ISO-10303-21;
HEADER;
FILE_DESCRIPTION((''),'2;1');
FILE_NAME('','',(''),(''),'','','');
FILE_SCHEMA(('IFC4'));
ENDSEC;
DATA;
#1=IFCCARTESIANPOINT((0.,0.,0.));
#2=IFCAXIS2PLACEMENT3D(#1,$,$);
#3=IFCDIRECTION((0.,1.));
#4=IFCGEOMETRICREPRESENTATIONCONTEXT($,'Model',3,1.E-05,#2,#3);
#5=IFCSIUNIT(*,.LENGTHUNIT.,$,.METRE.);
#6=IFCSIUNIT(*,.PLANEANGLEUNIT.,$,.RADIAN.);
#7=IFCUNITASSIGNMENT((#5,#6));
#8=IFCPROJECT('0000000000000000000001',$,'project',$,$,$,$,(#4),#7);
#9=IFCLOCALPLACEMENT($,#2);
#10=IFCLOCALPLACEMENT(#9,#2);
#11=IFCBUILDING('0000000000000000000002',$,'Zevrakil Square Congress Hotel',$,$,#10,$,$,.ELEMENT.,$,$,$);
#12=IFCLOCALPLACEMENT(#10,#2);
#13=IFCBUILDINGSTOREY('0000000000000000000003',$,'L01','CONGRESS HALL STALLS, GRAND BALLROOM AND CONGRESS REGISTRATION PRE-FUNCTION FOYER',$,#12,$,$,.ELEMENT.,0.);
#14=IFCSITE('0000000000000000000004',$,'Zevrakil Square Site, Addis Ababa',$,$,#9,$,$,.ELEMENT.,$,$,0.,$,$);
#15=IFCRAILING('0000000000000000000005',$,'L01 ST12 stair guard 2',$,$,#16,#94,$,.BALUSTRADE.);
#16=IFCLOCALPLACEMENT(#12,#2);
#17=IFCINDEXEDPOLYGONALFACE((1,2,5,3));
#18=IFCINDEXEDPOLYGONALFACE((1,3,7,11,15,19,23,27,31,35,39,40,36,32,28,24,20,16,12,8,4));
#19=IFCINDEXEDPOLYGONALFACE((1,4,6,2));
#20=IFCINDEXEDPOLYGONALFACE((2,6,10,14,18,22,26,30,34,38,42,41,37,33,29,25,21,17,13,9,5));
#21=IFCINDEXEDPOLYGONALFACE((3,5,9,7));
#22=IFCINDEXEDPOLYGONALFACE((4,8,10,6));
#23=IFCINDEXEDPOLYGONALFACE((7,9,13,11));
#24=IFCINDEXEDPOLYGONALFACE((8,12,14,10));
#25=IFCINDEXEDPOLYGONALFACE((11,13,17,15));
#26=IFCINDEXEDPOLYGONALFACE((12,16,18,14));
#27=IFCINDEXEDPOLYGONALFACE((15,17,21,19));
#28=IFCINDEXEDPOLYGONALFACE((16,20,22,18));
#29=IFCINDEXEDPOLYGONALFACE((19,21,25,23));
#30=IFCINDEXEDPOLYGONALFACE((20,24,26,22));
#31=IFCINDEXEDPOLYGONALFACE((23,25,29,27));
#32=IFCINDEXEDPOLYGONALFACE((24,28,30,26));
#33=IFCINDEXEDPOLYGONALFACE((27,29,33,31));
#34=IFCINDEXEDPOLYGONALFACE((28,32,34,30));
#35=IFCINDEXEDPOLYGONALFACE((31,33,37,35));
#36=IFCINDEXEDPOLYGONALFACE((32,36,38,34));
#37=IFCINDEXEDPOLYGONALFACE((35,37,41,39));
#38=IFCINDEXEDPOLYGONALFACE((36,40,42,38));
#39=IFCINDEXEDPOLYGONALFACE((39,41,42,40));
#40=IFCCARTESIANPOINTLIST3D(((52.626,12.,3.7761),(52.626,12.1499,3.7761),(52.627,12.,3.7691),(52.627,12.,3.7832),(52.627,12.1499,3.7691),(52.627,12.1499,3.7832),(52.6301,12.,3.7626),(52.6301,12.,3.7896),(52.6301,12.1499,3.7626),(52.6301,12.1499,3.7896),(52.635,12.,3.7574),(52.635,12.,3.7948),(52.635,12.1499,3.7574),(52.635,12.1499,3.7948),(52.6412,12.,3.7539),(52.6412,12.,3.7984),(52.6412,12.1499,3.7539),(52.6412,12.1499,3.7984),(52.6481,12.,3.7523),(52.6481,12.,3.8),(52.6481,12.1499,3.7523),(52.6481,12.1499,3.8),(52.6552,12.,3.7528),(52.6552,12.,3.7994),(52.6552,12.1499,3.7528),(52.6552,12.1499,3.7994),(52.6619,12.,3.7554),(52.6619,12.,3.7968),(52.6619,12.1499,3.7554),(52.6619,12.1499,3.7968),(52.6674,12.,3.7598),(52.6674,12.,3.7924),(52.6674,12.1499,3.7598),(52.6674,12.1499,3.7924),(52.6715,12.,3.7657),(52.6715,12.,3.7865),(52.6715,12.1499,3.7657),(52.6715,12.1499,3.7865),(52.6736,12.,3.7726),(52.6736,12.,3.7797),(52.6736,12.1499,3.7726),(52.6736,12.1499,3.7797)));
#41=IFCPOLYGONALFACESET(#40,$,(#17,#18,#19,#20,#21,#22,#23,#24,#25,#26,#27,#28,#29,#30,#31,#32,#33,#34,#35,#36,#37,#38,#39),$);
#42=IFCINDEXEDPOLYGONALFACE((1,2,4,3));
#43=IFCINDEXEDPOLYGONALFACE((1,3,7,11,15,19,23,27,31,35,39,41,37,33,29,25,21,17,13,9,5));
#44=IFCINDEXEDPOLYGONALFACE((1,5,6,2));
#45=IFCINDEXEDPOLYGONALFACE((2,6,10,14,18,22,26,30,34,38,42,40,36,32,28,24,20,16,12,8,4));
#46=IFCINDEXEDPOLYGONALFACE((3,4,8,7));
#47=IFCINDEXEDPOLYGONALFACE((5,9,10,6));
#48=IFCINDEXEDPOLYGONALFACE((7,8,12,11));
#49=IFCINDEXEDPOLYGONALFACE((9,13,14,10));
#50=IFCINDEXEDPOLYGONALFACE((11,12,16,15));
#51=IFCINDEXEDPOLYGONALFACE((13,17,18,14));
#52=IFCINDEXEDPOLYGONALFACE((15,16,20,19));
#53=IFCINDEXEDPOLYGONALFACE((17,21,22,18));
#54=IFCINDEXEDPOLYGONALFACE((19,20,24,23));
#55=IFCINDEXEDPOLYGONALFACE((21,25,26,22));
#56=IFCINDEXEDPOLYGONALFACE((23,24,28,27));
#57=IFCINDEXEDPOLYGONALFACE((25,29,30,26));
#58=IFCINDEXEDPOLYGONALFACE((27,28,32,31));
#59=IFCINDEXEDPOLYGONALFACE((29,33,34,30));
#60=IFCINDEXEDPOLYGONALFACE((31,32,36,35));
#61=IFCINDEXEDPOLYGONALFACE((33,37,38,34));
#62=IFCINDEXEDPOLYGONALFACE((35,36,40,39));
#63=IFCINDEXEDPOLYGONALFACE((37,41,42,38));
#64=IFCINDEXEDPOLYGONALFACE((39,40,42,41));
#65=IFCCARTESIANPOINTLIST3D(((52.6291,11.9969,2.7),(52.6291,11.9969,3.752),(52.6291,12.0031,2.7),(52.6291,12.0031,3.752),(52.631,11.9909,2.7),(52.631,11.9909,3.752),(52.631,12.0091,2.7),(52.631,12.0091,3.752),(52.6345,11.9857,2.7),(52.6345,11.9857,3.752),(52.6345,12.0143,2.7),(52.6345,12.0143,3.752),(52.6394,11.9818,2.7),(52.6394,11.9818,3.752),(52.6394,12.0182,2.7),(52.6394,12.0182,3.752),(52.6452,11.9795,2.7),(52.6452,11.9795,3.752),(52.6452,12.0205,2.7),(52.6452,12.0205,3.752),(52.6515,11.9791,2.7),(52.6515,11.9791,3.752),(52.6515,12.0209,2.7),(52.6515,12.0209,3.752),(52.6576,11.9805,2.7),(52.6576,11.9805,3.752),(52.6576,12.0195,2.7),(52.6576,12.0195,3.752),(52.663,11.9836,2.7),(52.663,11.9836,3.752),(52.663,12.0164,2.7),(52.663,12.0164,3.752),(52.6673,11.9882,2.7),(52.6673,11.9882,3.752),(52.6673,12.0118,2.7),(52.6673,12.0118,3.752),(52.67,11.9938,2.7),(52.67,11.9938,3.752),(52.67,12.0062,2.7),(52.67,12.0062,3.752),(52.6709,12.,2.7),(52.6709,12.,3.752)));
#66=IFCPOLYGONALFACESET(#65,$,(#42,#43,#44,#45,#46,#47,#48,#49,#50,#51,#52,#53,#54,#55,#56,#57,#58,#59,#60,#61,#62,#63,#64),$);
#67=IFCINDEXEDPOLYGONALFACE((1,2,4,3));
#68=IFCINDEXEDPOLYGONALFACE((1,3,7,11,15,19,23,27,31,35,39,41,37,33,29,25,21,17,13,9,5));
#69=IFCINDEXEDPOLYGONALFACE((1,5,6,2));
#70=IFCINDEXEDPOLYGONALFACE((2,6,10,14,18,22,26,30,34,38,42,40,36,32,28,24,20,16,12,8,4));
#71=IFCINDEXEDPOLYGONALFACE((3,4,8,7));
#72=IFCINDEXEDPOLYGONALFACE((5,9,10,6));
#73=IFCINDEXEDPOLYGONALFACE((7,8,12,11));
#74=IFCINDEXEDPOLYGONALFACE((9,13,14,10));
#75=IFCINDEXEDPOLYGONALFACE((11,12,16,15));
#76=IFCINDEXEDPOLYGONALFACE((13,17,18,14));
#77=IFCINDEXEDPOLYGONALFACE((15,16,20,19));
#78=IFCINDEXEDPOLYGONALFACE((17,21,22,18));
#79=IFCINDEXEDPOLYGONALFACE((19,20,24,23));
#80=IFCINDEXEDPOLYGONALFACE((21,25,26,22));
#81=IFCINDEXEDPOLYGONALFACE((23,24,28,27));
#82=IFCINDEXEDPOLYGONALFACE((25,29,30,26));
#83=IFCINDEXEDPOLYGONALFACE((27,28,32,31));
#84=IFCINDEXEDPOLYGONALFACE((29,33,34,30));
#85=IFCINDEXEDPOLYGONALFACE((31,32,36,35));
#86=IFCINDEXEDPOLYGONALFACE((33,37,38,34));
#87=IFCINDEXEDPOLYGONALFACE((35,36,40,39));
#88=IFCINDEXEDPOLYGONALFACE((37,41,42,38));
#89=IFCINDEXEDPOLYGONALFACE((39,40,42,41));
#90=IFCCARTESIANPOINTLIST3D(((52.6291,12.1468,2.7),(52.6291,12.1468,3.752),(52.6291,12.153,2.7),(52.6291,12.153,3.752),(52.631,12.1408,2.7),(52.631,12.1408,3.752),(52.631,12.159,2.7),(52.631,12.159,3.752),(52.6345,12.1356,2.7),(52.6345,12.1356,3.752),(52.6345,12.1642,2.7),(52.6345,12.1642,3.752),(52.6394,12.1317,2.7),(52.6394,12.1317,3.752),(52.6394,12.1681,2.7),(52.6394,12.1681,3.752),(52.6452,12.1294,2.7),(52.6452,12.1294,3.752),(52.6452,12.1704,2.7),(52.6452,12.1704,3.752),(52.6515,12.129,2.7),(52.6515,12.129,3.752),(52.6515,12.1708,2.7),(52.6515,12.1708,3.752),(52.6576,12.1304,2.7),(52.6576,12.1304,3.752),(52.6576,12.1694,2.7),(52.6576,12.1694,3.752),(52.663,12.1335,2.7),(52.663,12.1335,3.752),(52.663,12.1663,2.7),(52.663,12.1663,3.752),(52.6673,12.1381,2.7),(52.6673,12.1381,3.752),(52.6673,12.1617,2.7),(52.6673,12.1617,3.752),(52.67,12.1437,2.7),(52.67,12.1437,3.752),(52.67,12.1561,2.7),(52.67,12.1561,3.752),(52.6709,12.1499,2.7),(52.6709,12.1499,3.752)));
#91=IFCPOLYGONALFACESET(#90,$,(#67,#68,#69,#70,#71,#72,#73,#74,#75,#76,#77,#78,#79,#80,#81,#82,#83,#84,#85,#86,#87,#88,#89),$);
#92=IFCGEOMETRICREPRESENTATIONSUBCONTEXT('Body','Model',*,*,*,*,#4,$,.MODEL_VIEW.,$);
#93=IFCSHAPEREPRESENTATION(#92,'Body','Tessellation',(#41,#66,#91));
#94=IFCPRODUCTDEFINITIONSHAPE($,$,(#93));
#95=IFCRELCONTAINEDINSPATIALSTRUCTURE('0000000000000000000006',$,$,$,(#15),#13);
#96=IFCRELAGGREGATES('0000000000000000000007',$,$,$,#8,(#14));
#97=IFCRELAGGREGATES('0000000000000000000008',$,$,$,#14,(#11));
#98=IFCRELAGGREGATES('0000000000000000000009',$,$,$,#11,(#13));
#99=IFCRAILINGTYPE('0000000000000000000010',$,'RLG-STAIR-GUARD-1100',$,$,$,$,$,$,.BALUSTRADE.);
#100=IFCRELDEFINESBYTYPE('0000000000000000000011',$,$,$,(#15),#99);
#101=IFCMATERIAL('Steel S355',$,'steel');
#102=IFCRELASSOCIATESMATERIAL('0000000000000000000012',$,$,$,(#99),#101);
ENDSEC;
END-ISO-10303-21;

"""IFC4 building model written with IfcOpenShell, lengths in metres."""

from ifc_helpers import new_model, si_unit, direction, frame, origin, origin_2d, place, context, subcontext, project, spatial, circle, extrude, material, type_object, element, save


model = new_model("IFC4")

# Units and contexts
model_context = context("Model", 3, precision=1e-05, world=origin(), true_north=direction((0.0, 1.0)))
body_context = subcontext(model_context, "Body", "Model", "MODEL_VIEW")
ifc_project = project(units=[si_unit("LENGTHUNIT", "METRE"), si_unit("PLANEANGLEUNIT", "RADIAN")], contexts=[model_context])

# Site, building, storey
site_placement = place(None, origin())
site = spatial("IfcSite", under=ifc_project, at=site_placement, Name="Zevrakil Square Site, Addis Ababa", CompositionType="ELEMENT", RefElevation=0.0)
building_placement = place(site_placement, origin())
building = spatial("IfcBuilding", under=site, at=building_placement, Name="Zevrakil Square Congress Hotel", CompositionType="ELEMENT")
storey_placement = place(building_placement, origin())
storey = spatial("IfcBuildingStorey", under=building, at=storey_placement, Name="L01", Description="CONGRESS HALL STALLS, GRAND BALLROOM AND CONGRESS REGISTRATION PRE-FUNCTION FOYER", CompositionType="ELEMENT", Elevation=0.0)

# Railing
ifc_material_1 = material(Name="Steel S355", Category="steel")
railing_type_1 = type_object("IfcRailingType", Name="RLG-STAIR-GUARD-1100", PredefinedType="BALUSTRADE", material=ifc_material_1)
railing_1_placement = place(storey_placement, frame((52.6499, 12.0, 2.7)))
element("IfcRailing", 1, at=railing_1_placement, inside=storey, type_object=railing_type_1, Name="L01 ST12 stair guard 2", PredefinedType="BALUSTRADE", context=body_context, shape_type="SweptSolid", body=[
    extrude(circle(Radius=0.0239, at=origin_2d()), frame((0.0, 0.0, 1.0762), z_axis=(0.0, 1.0, 0.0), x_axis=(-1.0, 0.0, 0.0)), (0.0, 0.0, 1.0), 0.1499),
    extrude(circle(Radius=0.021, at=origin_2d()), origin(), (0.0, 0.0, 1.0), 1.052),
    extrude(circle(Radius=0.021, at=origin_2d()), frame((0.0, 0.1499, 0.0)), (0.0, 0.0, 1.0), 1.052),
])

save(model, "model.ifc")
